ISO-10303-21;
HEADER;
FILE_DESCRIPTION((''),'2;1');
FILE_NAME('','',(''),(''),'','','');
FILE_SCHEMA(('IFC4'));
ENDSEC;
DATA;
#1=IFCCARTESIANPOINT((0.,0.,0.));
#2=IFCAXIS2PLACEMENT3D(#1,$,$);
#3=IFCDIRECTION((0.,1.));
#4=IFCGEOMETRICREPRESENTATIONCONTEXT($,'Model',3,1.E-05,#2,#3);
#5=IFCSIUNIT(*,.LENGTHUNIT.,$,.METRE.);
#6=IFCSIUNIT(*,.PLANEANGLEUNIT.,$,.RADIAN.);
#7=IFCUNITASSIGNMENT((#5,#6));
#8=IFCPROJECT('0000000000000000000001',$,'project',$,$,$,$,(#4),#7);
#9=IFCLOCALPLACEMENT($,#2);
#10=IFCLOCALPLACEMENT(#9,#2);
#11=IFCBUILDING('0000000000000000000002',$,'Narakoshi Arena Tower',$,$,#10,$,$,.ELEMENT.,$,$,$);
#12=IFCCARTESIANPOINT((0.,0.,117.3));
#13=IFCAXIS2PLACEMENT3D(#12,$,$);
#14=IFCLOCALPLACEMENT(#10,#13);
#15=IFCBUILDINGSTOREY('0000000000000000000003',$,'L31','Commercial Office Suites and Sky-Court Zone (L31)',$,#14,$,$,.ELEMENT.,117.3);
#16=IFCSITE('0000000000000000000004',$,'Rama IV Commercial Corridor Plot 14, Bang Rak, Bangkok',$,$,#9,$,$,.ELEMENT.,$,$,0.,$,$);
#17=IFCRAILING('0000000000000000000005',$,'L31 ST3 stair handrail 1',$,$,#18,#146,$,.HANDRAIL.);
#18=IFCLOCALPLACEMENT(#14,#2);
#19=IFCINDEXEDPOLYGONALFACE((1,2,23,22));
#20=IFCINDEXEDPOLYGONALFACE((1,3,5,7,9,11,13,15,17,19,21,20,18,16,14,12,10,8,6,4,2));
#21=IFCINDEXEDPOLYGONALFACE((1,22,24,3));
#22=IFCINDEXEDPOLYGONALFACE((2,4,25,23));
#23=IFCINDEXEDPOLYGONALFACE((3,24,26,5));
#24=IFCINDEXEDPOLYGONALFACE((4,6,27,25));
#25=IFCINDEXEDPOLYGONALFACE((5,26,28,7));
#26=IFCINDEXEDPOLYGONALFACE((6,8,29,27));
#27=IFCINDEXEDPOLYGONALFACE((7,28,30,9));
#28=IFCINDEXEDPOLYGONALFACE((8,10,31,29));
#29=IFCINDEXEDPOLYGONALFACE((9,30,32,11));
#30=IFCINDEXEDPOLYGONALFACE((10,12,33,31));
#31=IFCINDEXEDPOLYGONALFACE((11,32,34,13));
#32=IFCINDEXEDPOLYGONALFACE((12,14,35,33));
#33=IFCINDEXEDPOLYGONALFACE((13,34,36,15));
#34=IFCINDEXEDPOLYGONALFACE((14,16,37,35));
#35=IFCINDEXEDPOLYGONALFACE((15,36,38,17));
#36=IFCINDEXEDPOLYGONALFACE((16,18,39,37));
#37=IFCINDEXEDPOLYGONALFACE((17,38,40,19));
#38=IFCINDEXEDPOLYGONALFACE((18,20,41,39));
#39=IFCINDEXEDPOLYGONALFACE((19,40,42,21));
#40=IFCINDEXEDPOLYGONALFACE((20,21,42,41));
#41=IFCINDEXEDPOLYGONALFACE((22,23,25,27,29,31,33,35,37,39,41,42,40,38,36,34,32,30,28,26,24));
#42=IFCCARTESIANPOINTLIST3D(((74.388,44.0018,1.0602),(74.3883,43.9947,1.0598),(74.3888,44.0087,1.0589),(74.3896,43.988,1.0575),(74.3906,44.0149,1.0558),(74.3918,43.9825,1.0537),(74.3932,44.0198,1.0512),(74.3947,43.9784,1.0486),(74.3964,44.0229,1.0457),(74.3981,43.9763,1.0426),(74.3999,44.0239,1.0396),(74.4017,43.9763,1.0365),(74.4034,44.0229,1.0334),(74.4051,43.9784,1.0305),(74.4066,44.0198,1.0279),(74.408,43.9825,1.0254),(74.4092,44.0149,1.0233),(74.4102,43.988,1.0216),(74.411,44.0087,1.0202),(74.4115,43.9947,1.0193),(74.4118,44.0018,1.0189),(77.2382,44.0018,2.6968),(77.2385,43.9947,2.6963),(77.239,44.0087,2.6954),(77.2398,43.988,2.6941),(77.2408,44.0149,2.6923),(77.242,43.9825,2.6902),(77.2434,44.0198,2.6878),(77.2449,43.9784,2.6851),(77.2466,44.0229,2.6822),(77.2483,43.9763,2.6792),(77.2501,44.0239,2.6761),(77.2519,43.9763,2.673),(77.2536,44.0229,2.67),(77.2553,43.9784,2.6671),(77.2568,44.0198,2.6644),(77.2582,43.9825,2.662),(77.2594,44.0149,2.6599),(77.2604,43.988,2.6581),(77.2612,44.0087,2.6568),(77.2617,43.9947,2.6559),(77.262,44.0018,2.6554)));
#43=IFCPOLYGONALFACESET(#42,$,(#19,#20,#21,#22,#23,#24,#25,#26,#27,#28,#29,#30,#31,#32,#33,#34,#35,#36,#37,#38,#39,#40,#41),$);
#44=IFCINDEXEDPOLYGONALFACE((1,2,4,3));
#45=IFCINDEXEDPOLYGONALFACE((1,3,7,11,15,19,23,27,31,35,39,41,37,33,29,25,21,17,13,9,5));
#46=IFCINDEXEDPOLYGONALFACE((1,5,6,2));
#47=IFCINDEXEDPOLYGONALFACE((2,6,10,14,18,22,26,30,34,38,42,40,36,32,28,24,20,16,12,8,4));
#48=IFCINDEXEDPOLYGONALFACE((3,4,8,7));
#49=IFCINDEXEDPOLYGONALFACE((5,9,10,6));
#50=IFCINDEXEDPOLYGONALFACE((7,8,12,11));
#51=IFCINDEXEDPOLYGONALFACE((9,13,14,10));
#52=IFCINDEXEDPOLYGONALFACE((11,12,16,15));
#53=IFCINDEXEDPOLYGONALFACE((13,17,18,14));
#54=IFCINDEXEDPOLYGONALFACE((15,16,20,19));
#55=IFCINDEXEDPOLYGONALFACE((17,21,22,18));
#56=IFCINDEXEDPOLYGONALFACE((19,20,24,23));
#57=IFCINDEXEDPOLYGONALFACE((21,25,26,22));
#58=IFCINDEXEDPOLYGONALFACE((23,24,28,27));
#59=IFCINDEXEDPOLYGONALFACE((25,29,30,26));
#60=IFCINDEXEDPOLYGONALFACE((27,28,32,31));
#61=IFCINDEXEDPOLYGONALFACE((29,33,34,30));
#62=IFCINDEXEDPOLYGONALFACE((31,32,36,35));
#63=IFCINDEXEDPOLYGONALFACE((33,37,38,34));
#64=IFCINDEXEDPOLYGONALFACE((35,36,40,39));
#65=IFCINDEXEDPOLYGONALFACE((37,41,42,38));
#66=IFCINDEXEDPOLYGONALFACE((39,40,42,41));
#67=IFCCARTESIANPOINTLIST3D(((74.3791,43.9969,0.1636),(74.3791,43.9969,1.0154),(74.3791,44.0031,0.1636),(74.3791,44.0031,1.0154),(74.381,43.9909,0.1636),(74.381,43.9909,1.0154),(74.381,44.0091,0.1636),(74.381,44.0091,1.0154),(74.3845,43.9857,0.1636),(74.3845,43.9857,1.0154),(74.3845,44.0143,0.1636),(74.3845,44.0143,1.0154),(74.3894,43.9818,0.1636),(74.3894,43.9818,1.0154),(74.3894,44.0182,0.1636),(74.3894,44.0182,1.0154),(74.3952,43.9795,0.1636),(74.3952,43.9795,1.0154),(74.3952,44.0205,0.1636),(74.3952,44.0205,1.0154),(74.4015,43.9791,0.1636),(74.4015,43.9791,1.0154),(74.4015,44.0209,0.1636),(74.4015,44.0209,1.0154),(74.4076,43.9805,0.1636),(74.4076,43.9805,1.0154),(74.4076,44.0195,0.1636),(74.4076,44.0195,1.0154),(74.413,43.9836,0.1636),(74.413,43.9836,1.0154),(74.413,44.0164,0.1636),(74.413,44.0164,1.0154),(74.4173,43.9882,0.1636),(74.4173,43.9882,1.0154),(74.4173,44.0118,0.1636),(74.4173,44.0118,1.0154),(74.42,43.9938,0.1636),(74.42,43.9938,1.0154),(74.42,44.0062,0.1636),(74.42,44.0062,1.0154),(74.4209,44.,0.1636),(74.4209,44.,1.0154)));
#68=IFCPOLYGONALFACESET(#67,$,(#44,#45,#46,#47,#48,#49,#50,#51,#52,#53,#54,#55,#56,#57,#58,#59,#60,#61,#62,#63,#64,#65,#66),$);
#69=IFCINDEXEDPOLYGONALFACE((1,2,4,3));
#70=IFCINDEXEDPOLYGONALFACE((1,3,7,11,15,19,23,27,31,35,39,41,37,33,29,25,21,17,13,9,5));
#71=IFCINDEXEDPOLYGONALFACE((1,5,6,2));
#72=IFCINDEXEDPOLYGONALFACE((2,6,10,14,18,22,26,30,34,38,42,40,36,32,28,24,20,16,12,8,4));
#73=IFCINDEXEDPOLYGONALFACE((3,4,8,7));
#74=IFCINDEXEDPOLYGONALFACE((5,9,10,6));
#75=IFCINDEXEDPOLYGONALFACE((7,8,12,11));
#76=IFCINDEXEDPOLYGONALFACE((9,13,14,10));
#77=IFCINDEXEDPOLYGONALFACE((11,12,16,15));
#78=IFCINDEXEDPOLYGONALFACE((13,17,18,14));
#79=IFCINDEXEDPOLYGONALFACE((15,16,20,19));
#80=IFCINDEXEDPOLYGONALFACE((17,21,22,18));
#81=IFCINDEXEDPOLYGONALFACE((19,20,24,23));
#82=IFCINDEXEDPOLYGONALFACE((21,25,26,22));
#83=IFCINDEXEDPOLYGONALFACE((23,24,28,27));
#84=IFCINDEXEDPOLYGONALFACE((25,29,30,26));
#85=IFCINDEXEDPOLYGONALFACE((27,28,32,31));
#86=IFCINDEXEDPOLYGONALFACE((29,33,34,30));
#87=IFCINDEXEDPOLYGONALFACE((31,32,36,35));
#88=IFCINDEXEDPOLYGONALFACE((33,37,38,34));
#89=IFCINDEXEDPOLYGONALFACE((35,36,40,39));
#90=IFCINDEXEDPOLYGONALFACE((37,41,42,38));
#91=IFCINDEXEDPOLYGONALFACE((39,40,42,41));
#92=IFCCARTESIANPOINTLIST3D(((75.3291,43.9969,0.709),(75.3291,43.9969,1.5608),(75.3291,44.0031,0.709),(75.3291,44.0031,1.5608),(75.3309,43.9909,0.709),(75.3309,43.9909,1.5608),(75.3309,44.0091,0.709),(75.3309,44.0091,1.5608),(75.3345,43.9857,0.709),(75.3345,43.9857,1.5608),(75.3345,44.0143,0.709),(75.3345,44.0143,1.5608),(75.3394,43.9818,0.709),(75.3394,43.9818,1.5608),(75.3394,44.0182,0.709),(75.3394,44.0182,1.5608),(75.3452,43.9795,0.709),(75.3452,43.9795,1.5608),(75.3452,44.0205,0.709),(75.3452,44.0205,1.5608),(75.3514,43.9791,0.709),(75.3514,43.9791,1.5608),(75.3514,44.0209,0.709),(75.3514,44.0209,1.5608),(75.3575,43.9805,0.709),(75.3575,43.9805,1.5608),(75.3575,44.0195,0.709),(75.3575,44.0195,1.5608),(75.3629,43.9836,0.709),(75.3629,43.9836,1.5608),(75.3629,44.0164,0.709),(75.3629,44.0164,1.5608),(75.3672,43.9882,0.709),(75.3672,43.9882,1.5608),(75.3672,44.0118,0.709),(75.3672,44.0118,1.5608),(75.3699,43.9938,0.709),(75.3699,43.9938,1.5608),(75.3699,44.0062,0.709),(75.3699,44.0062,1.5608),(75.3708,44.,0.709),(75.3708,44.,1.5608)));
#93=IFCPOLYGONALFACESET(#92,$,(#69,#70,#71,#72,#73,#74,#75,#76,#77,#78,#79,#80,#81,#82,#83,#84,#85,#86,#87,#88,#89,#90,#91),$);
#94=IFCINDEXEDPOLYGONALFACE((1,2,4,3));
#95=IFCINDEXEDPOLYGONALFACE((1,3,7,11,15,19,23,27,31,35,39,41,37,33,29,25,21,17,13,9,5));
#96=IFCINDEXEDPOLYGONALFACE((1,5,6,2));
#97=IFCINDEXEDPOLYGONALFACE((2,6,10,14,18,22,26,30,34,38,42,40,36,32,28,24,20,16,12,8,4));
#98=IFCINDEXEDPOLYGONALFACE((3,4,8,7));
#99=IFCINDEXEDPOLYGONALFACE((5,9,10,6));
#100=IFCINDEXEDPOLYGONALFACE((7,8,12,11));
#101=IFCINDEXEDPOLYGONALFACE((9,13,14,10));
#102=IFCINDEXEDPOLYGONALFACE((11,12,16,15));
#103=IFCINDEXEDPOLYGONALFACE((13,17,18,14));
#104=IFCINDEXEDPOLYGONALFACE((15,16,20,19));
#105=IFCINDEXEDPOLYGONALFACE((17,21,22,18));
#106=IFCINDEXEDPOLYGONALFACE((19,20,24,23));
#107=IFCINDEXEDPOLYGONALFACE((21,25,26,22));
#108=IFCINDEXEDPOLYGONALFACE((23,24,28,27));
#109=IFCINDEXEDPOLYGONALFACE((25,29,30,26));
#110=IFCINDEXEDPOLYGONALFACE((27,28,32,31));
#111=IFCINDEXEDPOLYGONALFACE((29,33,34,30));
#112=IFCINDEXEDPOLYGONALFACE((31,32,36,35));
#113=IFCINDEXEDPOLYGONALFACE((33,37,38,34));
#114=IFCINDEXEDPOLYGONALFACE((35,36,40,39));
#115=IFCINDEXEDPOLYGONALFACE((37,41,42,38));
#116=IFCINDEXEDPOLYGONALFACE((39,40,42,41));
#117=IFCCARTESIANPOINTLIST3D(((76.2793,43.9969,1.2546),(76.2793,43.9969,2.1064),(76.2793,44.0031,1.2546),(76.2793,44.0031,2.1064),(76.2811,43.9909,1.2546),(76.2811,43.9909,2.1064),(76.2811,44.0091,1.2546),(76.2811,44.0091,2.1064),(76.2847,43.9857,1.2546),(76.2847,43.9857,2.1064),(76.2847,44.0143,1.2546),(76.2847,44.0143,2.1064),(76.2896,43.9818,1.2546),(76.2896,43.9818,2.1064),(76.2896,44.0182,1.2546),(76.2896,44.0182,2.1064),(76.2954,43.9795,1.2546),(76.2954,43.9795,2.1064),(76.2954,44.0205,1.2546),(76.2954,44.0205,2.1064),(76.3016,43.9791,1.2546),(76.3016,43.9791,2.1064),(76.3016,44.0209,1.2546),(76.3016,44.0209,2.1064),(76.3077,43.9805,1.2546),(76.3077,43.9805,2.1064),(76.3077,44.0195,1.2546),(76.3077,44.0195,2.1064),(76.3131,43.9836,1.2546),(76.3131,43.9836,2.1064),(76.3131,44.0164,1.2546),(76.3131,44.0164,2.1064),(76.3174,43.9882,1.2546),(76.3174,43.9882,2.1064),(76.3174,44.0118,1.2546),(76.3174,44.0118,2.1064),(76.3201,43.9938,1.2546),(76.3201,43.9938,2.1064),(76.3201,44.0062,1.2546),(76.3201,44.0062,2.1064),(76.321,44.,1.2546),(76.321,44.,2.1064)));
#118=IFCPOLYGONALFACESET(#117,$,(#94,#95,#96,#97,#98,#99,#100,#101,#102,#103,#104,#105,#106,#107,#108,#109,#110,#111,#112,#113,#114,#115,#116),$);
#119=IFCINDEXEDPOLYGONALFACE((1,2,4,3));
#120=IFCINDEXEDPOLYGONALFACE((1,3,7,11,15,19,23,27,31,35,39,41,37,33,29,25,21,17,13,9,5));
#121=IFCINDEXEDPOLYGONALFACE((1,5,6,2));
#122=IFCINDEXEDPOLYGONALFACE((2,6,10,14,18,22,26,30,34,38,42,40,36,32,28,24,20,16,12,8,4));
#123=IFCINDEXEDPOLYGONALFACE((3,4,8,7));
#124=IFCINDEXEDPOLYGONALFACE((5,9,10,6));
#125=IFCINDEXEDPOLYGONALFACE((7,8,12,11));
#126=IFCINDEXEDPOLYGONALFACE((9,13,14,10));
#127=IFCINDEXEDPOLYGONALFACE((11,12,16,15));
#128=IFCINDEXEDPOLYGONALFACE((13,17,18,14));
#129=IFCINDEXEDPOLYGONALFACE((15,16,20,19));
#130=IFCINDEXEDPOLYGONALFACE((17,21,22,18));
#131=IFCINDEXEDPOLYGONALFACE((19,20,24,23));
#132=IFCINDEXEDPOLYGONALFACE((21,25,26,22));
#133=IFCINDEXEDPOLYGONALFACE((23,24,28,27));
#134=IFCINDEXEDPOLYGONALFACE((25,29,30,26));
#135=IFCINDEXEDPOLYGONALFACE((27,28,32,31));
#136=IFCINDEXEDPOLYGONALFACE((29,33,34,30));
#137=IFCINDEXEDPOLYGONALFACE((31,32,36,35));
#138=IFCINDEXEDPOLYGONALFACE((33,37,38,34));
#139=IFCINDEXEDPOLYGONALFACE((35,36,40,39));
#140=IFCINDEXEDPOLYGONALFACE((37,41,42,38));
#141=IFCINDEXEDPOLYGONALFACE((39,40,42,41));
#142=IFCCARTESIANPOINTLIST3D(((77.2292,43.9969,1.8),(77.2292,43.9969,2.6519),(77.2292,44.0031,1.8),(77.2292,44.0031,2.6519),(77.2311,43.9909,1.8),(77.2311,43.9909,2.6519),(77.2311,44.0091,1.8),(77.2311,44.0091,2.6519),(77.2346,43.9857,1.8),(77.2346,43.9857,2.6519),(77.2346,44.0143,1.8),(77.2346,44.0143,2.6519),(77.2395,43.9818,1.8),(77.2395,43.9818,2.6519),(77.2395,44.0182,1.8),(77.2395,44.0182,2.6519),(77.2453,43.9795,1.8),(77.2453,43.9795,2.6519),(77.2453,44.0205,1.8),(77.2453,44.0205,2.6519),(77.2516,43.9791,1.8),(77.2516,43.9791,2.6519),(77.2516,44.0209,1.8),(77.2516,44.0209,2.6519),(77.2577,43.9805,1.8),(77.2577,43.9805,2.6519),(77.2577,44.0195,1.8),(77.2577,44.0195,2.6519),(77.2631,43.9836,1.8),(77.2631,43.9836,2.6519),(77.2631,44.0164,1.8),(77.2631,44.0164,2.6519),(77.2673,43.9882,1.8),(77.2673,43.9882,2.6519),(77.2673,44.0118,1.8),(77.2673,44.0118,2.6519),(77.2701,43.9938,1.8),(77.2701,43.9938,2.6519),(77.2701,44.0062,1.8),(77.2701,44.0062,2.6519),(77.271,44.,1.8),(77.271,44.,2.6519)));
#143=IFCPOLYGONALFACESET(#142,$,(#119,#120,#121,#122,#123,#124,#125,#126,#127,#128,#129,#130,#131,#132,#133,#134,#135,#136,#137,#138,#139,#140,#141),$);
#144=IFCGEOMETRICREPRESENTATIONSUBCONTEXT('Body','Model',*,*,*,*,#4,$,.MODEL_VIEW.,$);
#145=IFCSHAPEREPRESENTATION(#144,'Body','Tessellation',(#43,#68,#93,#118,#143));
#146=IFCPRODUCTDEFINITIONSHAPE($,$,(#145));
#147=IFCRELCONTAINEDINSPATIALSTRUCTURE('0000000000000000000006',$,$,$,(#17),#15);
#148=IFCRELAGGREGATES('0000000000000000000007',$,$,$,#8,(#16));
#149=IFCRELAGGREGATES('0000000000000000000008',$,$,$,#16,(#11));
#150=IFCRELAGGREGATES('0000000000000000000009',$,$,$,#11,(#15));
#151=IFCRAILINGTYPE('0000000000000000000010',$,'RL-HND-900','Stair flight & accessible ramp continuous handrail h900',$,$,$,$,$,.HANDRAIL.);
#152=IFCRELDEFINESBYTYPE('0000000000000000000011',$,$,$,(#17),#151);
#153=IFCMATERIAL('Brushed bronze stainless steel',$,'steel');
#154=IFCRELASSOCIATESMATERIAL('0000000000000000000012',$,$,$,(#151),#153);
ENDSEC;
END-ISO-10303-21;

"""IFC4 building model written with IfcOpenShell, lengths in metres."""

from ifc_helpers import new_model, si_unit, direction, frame, origin, origin_2d, place, context, subcontext, project, spatial, circle, extrude, material, type_object, element, save


model = new_model("IFC4")

# Units and contexts
model_context = context("Model", 3, precision=1e-05, world=origin(), true_north=direction((0.0, 1.0)))
body_context = subcontext(model_context, "Body", "Model", "MODEL_VIEW")
ifc_project = project(units=[si_unit("LENGTHUNIT", "METRE"), si_unit("PLANEANGLEUNIT", "RADIAN")], contexts=[model_context])

# Site, building, storey
site_placement = place(None, origin())
site = spatial("IfcSite", under=ifc_project, at=site_placement, Name="Rama IV Commercial Corridor Plot 14, Bang Rak, Bangkok", CompositionType="ELEMENT", RefElevation=0.0)
building_placement = place(site_placement, origin())
building = spatial("IfcBuilding", under=site, at=building_placement, Name="Narakoshi Arena Tower", CompositionType="ELEMENT")
storey_placement = place(building_placement, frame((0.0, 0.0, 117.3)))
storey = spatial("IfcBuildingStorey", under=building, at=storey_placement, Name="L31", Description="Commercial Office Suites and Sky-Court Zone (L31)", CompositionType="ELEMENT", Elevation=117.3)

# Shared definitions
ifc_material_1 = material(Name="Brushed bronze stainless steel", Category="steel")

# Railing
railing_type_1 = type_object("IfcRailingType", Name="RL-HND-900", Description="Stair flight & accessible ramp continuous handrail h900", PredefinedType="HANDRAIL", material=ifc_material_1)
railing_1_placement = place(storey_placement, frame((74.3999, 44.0, 0.1636)))
element("IfcRailing", 1, at=railing_1_placement, inside=storey, type_object=railing_type_1, Name="L31 ST3 stair handrail 1", PredefinedType="HANDRAIL", context=body_context, shape_type="SweptSolid", body=[
    extrude(circle(Radius=0.0239, at=origin_2d()), frame((0.0, 0.0, 0.876), z_axis=(0.867213, 0.0, 0.497938), x_axis=(0.0, 1.0, 0.0)), (0.0, 0.0, 1.0), 3.2866),
    extrude(circle(Radius=0.021, at=origin_2d()), origin(), (0.0, 0.0, 1.0), 0.8518),
    extrude(circle(Radius=0.021, at=origin_2d()), frame((0.95, 0.0, 0.5454)), (0.0, 0.0, 1.0), 0.8518),
    extrude(circle(Radius=0.021, at=origin_2d()), frame((1.9001, 0.0, 1.0911)), (0.0, 0.0, 1.0), 0.8518),
    extrude(circle(Radius=0.021, at=origin_2d()), frame((2.8501, 0.0, 1.6365)), (0.0, 0.0, 1.0), 0.8518),
])

save(model, "model.ifc")
